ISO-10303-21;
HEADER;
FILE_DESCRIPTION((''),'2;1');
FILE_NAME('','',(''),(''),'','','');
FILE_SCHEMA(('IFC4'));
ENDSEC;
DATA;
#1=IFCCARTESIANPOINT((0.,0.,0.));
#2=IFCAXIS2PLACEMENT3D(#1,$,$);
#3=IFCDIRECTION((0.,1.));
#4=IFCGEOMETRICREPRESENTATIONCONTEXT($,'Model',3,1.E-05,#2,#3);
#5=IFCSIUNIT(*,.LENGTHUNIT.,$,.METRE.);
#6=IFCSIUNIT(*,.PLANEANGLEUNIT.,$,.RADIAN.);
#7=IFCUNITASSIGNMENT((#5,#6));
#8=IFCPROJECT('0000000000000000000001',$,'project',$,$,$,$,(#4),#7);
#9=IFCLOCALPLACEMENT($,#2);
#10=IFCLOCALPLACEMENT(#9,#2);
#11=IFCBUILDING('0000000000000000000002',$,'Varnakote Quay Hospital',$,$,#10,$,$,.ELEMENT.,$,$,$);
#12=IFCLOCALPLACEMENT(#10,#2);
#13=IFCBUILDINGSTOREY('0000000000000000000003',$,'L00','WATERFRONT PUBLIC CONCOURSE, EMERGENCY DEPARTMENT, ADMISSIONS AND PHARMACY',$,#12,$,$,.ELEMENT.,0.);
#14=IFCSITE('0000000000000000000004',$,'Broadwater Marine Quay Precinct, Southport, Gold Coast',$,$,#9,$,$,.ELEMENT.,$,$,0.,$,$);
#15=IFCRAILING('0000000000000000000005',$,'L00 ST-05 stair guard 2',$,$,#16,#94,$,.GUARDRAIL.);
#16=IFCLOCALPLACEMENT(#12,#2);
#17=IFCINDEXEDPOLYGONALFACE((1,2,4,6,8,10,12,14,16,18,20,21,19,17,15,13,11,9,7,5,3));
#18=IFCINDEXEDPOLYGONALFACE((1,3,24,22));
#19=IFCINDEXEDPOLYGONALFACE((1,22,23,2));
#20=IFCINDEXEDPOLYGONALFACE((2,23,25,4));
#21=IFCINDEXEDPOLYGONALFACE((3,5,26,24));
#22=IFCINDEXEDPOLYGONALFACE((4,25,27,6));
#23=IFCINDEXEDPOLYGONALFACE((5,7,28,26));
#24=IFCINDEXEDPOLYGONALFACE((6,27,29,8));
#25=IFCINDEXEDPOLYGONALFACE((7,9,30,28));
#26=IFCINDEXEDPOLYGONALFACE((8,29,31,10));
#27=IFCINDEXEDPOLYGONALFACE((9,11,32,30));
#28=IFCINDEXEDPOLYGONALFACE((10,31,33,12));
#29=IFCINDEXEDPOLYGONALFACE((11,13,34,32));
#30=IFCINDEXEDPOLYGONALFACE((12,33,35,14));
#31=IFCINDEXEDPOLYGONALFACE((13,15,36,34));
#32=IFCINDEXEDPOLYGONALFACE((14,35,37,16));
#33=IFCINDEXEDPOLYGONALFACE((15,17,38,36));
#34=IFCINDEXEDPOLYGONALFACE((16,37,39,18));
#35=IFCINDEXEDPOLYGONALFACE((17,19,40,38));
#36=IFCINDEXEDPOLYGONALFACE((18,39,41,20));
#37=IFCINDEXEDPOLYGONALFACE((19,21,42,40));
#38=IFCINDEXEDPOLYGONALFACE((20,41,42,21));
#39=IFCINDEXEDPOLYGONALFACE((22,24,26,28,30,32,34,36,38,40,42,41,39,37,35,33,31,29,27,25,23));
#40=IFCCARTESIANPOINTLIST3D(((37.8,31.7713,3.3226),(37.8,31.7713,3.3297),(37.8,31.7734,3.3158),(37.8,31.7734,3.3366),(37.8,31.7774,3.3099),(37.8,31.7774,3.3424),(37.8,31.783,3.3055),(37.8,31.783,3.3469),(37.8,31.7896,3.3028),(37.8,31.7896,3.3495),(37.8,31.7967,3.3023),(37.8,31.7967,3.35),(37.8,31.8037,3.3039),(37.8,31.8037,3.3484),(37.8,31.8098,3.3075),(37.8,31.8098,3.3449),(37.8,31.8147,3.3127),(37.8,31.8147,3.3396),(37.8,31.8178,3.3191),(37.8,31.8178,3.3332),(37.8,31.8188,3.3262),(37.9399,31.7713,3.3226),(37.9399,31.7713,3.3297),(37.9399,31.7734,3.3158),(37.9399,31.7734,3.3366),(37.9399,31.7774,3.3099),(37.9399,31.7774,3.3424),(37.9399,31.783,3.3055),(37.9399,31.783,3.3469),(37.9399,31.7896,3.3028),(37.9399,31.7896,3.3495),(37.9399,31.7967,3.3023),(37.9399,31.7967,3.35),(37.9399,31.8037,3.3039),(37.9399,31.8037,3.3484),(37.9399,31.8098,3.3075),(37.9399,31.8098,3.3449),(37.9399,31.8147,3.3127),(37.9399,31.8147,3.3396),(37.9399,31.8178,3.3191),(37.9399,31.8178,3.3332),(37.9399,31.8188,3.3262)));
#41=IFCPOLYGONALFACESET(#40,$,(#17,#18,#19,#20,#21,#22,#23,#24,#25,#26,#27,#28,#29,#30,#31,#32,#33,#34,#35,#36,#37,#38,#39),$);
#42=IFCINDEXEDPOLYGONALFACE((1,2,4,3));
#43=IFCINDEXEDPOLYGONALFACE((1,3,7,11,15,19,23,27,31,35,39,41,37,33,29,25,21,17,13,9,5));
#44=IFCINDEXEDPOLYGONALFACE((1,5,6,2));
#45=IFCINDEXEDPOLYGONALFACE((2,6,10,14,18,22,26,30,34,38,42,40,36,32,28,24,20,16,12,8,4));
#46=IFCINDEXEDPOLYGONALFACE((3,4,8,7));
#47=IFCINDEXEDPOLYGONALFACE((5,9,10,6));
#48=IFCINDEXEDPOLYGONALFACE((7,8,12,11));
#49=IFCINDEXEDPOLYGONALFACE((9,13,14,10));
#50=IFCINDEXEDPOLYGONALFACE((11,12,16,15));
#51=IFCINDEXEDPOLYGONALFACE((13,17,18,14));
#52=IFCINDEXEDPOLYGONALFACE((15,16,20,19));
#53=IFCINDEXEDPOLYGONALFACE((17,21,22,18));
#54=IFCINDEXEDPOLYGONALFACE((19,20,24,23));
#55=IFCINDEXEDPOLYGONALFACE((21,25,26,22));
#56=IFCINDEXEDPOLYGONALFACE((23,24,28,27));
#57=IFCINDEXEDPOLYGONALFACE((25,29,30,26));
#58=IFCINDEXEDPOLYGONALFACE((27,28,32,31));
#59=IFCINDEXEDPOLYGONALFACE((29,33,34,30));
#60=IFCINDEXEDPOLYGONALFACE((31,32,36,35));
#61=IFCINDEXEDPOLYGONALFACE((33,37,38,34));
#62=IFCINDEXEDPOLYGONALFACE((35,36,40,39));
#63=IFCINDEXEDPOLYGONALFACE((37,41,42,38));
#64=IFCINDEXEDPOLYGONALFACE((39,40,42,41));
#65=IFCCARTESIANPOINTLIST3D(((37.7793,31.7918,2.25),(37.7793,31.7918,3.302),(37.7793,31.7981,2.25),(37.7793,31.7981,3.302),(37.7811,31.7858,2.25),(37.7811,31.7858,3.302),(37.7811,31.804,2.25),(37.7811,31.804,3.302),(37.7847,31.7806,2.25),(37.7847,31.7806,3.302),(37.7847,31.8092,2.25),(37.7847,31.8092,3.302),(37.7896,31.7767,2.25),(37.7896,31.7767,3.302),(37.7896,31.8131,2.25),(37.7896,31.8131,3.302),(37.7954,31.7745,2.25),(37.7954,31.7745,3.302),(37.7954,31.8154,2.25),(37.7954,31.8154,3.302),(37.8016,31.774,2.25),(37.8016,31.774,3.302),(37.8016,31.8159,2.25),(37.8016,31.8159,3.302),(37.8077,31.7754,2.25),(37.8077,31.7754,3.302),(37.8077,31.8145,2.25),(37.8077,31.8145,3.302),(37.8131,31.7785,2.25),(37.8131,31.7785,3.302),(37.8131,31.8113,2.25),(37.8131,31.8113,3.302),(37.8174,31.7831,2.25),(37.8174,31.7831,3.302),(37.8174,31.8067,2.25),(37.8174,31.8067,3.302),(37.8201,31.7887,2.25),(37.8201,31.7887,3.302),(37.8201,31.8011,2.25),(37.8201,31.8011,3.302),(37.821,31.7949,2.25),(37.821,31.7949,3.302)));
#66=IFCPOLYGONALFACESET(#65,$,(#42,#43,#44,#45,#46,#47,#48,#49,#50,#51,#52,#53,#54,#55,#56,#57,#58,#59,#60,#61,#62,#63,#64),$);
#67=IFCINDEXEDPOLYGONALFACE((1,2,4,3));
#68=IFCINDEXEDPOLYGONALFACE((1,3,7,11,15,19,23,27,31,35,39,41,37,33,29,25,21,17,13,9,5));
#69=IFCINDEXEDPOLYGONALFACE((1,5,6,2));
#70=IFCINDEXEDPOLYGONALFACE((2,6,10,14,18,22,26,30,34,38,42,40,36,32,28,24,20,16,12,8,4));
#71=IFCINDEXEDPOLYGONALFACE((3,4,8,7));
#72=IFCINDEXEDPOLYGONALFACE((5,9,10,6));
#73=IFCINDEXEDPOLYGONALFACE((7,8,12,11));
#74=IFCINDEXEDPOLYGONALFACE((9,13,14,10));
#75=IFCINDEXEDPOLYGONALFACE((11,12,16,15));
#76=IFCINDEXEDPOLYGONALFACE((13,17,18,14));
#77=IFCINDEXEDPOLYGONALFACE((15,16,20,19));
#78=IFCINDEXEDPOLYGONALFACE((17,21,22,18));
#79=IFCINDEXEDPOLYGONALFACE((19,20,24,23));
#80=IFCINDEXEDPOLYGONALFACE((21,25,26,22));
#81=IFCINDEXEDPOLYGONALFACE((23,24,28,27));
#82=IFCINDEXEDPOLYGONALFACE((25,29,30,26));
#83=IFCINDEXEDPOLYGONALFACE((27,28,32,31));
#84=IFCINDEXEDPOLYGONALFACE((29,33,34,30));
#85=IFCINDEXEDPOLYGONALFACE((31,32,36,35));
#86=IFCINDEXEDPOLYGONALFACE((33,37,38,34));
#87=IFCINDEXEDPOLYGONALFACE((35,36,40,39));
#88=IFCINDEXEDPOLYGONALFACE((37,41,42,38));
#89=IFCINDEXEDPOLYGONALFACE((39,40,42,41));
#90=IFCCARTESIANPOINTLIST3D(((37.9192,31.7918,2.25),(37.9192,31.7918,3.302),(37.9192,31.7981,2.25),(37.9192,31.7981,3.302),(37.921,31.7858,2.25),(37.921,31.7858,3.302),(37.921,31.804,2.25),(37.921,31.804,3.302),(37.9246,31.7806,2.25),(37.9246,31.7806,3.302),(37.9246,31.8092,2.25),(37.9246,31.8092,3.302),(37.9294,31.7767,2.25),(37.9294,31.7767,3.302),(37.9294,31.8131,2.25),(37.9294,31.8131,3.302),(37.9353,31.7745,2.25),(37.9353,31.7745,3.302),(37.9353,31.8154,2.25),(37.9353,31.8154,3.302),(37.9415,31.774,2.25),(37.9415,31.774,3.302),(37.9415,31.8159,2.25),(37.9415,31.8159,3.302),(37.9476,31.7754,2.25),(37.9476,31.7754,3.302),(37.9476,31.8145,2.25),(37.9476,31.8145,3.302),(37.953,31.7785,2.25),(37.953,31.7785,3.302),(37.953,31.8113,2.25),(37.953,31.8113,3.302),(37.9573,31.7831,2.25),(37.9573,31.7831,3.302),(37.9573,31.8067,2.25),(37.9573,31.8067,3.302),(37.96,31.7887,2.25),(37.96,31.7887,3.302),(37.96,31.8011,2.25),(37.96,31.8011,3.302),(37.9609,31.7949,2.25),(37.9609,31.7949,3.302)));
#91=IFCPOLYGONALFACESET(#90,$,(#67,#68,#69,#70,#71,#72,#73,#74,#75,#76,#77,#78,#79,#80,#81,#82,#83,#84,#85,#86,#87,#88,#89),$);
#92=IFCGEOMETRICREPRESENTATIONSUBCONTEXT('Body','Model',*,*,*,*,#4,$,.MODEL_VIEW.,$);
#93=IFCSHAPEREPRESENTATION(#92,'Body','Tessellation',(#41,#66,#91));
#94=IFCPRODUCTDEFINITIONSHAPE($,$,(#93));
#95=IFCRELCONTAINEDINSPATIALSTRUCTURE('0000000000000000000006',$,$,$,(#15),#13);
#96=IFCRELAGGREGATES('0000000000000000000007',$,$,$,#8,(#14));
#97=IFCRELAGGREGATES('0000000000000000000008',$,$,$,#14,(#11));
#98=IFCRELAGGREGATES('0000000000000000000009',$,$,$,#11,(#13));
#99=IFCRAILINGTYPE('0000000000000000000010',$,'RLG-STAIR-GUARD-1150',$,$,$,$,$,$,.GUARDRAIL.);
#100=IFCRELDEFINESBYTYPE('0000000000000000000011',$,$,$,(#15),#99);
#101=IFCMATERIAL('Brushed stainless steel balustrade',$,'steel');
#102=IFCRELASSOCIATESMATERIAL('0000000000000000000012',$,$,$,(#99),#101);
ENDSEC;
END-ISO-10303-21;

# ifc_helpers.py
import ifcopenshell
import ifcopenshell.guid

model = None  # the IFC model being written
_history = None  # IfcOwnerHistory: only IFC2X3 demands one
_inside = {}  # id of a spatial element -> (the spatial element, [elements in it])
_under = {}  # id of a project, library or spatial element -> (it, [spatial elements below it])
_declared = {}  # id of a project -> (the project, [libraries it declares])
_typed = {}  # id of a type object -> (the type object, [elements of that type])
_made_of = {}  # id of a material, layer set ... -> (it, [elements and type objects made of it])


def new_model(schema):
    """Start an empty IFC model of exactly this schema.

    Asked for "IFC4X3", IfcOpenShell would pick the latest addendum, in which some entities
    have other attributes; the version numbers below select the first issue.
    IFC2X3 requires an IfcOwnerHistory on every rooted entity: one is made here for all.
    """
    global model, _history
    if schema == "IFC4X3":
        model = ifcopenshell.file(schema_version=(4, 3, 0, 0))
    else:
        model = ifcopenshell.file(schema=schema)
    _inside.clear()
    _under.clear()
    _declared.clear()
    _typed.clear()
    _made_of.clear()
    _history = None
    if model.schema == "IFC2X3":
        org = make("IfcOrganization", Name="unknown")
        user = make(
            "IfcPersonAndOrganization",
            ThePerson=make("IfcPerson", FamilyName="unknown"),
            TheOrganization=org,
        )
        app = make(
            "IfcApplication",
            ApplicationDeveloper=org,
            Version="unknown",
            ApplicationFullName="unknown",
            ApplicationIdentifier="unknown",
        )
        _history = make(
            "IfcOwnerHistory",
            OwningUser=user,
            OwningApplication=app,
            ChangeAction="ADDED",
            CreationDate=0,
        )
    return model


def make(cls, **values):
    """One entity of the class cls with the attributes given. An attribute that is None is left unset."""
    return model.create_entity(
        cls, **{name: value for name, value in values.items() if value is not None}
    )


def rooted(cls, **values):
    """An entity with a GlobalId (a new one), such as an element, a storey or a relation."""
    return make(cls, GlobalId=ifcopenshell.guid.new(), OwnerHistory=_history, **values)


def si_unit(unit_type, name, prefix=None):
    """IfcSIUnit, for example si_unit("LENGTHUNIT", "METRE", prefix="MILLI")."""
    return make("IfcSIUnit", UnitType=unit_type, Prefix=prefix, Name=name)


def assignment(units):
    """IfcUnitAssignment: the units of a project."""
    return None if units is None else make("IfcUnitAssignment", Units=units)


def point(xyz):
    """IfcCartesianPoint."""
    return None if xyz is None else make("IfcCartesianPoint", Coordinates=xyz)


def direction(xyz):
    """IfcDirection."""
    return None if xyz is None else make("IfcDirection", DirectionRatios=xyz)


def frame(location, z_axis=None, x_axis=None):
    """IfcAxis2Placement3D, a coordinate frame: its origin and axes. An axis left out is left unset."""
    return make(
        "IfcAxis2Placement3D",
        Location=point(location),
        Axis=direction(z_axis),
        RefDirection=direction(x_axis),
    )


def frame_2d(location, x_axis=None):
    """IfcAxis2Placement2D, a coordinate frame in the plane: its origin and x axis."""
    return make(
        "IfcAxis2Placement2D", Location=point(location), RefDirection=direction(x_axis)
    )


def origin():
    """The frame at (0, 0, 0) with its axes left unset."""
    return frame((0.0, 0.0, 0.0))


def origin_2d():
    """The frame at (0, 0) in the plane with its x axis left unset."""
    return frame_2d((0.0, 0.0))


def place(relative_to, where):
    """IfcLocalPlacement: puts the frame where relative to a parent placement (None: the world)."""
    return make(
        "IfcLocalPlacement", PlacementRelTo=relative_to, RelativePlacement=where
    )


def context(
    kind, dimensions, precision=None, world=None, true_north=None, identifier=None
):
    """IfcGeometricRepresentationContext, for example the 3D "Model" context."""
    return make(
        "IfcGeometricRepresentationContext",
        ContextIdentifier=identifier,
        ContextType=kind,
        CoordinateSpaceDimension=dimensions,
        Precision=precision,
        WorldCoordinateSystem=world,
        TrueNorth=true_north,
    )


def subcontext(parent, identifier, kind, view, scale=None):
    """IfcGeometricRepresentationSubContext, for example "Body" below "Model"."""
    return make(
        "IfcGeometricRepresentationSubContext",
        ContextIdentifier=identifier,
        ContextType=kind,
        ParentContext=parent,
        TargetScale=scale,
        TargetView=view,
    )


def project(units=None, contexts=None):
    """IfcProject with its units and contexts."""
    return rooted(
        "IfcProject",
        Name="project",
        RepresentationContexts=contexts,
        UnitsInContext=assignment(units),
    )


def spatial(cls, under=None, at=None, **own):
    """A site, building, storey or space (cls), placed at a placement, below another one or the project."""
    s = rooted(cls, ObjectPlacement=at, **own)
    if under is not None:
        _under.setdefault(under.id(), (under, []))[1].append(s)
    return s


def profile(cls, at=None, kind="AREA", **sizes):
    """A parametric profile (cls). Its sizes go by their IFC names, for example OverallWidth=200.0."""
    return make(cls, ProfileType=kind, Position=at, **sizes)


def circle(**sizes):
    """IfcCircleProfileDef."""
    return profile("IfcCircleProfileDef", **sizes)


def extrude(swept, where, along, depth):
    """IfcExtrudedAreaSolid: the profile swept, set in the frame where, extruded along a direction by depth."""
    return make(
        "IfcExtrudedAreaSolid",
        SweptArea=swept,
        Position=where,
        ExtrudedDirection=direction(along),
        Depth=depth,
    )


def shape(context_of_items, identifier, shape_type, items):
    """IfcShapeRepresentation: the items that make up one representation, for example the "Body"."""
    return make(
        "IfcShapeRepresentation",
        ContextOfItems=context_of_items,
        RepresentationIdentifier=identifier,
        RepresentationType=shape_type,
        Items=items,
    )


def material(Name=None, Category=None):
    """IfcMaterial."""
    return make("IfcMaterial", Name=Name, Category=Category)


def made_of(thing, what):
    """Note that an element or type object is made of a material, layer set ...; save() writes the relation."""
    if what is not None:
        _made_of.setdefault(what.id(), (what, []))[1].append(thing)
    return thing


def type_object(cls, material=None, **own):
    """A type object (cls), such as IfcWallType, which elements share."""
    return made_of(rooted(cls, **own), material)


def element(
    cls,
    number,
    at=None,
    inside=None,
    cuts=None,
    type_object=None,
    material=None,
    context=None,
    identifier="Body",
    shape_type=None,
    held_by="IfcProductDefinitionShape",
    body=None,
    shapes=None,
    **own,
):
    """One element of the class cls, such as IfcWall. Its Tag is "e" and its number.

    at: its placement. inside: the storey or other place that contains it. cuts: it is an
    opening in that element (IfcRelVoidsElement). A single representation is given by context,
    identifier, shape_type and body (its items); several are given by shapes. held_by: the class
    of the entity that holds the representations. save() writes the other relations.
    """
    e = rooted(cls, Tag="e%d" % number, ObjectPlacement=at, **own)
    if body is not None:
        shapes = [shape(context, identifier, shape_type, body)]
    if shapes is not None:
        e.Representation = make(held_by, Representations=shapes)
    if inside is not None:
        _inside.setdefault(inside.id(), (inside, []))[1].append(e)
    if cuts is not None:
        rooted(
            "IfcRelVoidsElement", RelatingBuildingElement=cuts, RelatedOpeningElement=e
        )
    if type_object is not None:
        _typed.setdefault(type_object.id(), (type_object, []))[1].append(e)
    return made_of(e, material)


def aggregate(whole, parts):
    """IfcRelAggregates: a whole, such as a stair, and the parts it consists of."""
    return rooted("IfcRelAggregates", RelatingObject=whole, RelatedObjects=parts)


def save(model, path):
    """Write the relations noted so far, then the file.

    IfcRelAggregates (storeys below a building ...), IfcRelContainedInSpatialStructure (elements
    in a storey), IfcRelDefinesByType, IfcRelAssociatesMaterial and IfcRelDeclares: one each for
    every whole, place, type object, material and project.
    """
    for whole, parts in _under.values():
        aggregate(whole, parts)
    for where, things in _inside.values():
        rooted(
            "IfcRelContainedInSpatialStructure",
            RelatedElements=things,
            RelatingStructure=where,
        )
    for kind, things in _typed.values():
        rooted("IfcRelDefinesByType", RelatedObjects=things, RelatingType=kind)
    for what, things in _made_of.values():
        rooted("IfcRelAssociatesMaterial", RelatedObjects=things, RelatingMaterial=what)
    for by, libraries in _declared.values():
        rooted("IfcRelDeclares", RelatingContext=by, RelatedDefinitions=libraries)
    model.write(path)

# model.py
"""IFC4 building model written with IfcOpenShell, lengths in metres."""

from ifc_helpers import new_model, si_unit, direction, frame, origin, origin_2d, place, context, subcontext, project, spatial, circle, extrude, material, type_object, element, save


model = new_model("IFC4")

# Units and contexts
model_context = context("Model", 3, precision=1e-05, world=origin(), true_north=direction((0.0, 1.0)))
body_context = subcontext(model_context, "Body", "Model", "MODEL_VIEW")
ifc_project = project(units=[si_unit("LENGTHUNIT", "METRE"), si_unit("PLANEANGLEUNIT", "RADIAN")], contexts=[model_context])

# Site, building, storey
site_placement = place(None, origin())
site = spatial("IfcSite", under=ifc_project, at=site_placement, Name="Broadwater Marine Quay Precinct, Southport, Gold Coast", CompositionType="ELEMENT", RefElevation=0.0)
building_placement = place(site_placement, origin())
building = spatial("IfcBuilding", under=site, at=building_placement, Name="Varnakote Quay Hospital", CompositionType="ELEMENT")
storey_placement = place(building_placement, origin())
storey = spatial("IfcBuildingStorey", under=building, at=storey_placement, Name="L00", Description="WATERFRONT PUBLIC CONCOURSE, EMERGENCY DEPARTMENT, ADMISSIONS AND PHARMACY", CompositionType="ELEMENT", Elevation=0.0)

# Railing
ifc_material_1 = material(Name="Brushed stainless steel balustrade", Category="steel")
railing_type_1 = type_object("IfcRailingType", Name="RLG-STAIR-GUARD-1150", PredefinedType="GUARDRAIL", material=ifc_material_1)
railing_1_placement = place(storey_placement, frame((37.8, 31.7949, 2.25)))
element("IfcRailing", 1, at=railing_1_placement, inside=storey, type_object=railing_type_1, Name="L00 ST-05 stair guard 2", PredefinedType="GUARDRAIL", context=body_context, shape_type="SweptSolid", body=[
    extrude(circle(Radius=0.0239, at=origin_2d()), frame((0.0, 0.0, 1.0762), z_axis=(1.0, 0.0, 0.0), x_axis=(0.0, 1.0, 0.0)), (0.0, 0.0, 1.0), 0.1399),
    extrude(circle(Radius=0.021, at=origin_2d()), origin(), (0.0, 0.0, 1.0), 1.052),
    extrude(circle(Radius=0.021, at=origin_2d()), frame((0.1399, 0.0, 0.0)), (0.0, 0.0, 1.0), 1.052),
])

save(model, "model.ifc")
